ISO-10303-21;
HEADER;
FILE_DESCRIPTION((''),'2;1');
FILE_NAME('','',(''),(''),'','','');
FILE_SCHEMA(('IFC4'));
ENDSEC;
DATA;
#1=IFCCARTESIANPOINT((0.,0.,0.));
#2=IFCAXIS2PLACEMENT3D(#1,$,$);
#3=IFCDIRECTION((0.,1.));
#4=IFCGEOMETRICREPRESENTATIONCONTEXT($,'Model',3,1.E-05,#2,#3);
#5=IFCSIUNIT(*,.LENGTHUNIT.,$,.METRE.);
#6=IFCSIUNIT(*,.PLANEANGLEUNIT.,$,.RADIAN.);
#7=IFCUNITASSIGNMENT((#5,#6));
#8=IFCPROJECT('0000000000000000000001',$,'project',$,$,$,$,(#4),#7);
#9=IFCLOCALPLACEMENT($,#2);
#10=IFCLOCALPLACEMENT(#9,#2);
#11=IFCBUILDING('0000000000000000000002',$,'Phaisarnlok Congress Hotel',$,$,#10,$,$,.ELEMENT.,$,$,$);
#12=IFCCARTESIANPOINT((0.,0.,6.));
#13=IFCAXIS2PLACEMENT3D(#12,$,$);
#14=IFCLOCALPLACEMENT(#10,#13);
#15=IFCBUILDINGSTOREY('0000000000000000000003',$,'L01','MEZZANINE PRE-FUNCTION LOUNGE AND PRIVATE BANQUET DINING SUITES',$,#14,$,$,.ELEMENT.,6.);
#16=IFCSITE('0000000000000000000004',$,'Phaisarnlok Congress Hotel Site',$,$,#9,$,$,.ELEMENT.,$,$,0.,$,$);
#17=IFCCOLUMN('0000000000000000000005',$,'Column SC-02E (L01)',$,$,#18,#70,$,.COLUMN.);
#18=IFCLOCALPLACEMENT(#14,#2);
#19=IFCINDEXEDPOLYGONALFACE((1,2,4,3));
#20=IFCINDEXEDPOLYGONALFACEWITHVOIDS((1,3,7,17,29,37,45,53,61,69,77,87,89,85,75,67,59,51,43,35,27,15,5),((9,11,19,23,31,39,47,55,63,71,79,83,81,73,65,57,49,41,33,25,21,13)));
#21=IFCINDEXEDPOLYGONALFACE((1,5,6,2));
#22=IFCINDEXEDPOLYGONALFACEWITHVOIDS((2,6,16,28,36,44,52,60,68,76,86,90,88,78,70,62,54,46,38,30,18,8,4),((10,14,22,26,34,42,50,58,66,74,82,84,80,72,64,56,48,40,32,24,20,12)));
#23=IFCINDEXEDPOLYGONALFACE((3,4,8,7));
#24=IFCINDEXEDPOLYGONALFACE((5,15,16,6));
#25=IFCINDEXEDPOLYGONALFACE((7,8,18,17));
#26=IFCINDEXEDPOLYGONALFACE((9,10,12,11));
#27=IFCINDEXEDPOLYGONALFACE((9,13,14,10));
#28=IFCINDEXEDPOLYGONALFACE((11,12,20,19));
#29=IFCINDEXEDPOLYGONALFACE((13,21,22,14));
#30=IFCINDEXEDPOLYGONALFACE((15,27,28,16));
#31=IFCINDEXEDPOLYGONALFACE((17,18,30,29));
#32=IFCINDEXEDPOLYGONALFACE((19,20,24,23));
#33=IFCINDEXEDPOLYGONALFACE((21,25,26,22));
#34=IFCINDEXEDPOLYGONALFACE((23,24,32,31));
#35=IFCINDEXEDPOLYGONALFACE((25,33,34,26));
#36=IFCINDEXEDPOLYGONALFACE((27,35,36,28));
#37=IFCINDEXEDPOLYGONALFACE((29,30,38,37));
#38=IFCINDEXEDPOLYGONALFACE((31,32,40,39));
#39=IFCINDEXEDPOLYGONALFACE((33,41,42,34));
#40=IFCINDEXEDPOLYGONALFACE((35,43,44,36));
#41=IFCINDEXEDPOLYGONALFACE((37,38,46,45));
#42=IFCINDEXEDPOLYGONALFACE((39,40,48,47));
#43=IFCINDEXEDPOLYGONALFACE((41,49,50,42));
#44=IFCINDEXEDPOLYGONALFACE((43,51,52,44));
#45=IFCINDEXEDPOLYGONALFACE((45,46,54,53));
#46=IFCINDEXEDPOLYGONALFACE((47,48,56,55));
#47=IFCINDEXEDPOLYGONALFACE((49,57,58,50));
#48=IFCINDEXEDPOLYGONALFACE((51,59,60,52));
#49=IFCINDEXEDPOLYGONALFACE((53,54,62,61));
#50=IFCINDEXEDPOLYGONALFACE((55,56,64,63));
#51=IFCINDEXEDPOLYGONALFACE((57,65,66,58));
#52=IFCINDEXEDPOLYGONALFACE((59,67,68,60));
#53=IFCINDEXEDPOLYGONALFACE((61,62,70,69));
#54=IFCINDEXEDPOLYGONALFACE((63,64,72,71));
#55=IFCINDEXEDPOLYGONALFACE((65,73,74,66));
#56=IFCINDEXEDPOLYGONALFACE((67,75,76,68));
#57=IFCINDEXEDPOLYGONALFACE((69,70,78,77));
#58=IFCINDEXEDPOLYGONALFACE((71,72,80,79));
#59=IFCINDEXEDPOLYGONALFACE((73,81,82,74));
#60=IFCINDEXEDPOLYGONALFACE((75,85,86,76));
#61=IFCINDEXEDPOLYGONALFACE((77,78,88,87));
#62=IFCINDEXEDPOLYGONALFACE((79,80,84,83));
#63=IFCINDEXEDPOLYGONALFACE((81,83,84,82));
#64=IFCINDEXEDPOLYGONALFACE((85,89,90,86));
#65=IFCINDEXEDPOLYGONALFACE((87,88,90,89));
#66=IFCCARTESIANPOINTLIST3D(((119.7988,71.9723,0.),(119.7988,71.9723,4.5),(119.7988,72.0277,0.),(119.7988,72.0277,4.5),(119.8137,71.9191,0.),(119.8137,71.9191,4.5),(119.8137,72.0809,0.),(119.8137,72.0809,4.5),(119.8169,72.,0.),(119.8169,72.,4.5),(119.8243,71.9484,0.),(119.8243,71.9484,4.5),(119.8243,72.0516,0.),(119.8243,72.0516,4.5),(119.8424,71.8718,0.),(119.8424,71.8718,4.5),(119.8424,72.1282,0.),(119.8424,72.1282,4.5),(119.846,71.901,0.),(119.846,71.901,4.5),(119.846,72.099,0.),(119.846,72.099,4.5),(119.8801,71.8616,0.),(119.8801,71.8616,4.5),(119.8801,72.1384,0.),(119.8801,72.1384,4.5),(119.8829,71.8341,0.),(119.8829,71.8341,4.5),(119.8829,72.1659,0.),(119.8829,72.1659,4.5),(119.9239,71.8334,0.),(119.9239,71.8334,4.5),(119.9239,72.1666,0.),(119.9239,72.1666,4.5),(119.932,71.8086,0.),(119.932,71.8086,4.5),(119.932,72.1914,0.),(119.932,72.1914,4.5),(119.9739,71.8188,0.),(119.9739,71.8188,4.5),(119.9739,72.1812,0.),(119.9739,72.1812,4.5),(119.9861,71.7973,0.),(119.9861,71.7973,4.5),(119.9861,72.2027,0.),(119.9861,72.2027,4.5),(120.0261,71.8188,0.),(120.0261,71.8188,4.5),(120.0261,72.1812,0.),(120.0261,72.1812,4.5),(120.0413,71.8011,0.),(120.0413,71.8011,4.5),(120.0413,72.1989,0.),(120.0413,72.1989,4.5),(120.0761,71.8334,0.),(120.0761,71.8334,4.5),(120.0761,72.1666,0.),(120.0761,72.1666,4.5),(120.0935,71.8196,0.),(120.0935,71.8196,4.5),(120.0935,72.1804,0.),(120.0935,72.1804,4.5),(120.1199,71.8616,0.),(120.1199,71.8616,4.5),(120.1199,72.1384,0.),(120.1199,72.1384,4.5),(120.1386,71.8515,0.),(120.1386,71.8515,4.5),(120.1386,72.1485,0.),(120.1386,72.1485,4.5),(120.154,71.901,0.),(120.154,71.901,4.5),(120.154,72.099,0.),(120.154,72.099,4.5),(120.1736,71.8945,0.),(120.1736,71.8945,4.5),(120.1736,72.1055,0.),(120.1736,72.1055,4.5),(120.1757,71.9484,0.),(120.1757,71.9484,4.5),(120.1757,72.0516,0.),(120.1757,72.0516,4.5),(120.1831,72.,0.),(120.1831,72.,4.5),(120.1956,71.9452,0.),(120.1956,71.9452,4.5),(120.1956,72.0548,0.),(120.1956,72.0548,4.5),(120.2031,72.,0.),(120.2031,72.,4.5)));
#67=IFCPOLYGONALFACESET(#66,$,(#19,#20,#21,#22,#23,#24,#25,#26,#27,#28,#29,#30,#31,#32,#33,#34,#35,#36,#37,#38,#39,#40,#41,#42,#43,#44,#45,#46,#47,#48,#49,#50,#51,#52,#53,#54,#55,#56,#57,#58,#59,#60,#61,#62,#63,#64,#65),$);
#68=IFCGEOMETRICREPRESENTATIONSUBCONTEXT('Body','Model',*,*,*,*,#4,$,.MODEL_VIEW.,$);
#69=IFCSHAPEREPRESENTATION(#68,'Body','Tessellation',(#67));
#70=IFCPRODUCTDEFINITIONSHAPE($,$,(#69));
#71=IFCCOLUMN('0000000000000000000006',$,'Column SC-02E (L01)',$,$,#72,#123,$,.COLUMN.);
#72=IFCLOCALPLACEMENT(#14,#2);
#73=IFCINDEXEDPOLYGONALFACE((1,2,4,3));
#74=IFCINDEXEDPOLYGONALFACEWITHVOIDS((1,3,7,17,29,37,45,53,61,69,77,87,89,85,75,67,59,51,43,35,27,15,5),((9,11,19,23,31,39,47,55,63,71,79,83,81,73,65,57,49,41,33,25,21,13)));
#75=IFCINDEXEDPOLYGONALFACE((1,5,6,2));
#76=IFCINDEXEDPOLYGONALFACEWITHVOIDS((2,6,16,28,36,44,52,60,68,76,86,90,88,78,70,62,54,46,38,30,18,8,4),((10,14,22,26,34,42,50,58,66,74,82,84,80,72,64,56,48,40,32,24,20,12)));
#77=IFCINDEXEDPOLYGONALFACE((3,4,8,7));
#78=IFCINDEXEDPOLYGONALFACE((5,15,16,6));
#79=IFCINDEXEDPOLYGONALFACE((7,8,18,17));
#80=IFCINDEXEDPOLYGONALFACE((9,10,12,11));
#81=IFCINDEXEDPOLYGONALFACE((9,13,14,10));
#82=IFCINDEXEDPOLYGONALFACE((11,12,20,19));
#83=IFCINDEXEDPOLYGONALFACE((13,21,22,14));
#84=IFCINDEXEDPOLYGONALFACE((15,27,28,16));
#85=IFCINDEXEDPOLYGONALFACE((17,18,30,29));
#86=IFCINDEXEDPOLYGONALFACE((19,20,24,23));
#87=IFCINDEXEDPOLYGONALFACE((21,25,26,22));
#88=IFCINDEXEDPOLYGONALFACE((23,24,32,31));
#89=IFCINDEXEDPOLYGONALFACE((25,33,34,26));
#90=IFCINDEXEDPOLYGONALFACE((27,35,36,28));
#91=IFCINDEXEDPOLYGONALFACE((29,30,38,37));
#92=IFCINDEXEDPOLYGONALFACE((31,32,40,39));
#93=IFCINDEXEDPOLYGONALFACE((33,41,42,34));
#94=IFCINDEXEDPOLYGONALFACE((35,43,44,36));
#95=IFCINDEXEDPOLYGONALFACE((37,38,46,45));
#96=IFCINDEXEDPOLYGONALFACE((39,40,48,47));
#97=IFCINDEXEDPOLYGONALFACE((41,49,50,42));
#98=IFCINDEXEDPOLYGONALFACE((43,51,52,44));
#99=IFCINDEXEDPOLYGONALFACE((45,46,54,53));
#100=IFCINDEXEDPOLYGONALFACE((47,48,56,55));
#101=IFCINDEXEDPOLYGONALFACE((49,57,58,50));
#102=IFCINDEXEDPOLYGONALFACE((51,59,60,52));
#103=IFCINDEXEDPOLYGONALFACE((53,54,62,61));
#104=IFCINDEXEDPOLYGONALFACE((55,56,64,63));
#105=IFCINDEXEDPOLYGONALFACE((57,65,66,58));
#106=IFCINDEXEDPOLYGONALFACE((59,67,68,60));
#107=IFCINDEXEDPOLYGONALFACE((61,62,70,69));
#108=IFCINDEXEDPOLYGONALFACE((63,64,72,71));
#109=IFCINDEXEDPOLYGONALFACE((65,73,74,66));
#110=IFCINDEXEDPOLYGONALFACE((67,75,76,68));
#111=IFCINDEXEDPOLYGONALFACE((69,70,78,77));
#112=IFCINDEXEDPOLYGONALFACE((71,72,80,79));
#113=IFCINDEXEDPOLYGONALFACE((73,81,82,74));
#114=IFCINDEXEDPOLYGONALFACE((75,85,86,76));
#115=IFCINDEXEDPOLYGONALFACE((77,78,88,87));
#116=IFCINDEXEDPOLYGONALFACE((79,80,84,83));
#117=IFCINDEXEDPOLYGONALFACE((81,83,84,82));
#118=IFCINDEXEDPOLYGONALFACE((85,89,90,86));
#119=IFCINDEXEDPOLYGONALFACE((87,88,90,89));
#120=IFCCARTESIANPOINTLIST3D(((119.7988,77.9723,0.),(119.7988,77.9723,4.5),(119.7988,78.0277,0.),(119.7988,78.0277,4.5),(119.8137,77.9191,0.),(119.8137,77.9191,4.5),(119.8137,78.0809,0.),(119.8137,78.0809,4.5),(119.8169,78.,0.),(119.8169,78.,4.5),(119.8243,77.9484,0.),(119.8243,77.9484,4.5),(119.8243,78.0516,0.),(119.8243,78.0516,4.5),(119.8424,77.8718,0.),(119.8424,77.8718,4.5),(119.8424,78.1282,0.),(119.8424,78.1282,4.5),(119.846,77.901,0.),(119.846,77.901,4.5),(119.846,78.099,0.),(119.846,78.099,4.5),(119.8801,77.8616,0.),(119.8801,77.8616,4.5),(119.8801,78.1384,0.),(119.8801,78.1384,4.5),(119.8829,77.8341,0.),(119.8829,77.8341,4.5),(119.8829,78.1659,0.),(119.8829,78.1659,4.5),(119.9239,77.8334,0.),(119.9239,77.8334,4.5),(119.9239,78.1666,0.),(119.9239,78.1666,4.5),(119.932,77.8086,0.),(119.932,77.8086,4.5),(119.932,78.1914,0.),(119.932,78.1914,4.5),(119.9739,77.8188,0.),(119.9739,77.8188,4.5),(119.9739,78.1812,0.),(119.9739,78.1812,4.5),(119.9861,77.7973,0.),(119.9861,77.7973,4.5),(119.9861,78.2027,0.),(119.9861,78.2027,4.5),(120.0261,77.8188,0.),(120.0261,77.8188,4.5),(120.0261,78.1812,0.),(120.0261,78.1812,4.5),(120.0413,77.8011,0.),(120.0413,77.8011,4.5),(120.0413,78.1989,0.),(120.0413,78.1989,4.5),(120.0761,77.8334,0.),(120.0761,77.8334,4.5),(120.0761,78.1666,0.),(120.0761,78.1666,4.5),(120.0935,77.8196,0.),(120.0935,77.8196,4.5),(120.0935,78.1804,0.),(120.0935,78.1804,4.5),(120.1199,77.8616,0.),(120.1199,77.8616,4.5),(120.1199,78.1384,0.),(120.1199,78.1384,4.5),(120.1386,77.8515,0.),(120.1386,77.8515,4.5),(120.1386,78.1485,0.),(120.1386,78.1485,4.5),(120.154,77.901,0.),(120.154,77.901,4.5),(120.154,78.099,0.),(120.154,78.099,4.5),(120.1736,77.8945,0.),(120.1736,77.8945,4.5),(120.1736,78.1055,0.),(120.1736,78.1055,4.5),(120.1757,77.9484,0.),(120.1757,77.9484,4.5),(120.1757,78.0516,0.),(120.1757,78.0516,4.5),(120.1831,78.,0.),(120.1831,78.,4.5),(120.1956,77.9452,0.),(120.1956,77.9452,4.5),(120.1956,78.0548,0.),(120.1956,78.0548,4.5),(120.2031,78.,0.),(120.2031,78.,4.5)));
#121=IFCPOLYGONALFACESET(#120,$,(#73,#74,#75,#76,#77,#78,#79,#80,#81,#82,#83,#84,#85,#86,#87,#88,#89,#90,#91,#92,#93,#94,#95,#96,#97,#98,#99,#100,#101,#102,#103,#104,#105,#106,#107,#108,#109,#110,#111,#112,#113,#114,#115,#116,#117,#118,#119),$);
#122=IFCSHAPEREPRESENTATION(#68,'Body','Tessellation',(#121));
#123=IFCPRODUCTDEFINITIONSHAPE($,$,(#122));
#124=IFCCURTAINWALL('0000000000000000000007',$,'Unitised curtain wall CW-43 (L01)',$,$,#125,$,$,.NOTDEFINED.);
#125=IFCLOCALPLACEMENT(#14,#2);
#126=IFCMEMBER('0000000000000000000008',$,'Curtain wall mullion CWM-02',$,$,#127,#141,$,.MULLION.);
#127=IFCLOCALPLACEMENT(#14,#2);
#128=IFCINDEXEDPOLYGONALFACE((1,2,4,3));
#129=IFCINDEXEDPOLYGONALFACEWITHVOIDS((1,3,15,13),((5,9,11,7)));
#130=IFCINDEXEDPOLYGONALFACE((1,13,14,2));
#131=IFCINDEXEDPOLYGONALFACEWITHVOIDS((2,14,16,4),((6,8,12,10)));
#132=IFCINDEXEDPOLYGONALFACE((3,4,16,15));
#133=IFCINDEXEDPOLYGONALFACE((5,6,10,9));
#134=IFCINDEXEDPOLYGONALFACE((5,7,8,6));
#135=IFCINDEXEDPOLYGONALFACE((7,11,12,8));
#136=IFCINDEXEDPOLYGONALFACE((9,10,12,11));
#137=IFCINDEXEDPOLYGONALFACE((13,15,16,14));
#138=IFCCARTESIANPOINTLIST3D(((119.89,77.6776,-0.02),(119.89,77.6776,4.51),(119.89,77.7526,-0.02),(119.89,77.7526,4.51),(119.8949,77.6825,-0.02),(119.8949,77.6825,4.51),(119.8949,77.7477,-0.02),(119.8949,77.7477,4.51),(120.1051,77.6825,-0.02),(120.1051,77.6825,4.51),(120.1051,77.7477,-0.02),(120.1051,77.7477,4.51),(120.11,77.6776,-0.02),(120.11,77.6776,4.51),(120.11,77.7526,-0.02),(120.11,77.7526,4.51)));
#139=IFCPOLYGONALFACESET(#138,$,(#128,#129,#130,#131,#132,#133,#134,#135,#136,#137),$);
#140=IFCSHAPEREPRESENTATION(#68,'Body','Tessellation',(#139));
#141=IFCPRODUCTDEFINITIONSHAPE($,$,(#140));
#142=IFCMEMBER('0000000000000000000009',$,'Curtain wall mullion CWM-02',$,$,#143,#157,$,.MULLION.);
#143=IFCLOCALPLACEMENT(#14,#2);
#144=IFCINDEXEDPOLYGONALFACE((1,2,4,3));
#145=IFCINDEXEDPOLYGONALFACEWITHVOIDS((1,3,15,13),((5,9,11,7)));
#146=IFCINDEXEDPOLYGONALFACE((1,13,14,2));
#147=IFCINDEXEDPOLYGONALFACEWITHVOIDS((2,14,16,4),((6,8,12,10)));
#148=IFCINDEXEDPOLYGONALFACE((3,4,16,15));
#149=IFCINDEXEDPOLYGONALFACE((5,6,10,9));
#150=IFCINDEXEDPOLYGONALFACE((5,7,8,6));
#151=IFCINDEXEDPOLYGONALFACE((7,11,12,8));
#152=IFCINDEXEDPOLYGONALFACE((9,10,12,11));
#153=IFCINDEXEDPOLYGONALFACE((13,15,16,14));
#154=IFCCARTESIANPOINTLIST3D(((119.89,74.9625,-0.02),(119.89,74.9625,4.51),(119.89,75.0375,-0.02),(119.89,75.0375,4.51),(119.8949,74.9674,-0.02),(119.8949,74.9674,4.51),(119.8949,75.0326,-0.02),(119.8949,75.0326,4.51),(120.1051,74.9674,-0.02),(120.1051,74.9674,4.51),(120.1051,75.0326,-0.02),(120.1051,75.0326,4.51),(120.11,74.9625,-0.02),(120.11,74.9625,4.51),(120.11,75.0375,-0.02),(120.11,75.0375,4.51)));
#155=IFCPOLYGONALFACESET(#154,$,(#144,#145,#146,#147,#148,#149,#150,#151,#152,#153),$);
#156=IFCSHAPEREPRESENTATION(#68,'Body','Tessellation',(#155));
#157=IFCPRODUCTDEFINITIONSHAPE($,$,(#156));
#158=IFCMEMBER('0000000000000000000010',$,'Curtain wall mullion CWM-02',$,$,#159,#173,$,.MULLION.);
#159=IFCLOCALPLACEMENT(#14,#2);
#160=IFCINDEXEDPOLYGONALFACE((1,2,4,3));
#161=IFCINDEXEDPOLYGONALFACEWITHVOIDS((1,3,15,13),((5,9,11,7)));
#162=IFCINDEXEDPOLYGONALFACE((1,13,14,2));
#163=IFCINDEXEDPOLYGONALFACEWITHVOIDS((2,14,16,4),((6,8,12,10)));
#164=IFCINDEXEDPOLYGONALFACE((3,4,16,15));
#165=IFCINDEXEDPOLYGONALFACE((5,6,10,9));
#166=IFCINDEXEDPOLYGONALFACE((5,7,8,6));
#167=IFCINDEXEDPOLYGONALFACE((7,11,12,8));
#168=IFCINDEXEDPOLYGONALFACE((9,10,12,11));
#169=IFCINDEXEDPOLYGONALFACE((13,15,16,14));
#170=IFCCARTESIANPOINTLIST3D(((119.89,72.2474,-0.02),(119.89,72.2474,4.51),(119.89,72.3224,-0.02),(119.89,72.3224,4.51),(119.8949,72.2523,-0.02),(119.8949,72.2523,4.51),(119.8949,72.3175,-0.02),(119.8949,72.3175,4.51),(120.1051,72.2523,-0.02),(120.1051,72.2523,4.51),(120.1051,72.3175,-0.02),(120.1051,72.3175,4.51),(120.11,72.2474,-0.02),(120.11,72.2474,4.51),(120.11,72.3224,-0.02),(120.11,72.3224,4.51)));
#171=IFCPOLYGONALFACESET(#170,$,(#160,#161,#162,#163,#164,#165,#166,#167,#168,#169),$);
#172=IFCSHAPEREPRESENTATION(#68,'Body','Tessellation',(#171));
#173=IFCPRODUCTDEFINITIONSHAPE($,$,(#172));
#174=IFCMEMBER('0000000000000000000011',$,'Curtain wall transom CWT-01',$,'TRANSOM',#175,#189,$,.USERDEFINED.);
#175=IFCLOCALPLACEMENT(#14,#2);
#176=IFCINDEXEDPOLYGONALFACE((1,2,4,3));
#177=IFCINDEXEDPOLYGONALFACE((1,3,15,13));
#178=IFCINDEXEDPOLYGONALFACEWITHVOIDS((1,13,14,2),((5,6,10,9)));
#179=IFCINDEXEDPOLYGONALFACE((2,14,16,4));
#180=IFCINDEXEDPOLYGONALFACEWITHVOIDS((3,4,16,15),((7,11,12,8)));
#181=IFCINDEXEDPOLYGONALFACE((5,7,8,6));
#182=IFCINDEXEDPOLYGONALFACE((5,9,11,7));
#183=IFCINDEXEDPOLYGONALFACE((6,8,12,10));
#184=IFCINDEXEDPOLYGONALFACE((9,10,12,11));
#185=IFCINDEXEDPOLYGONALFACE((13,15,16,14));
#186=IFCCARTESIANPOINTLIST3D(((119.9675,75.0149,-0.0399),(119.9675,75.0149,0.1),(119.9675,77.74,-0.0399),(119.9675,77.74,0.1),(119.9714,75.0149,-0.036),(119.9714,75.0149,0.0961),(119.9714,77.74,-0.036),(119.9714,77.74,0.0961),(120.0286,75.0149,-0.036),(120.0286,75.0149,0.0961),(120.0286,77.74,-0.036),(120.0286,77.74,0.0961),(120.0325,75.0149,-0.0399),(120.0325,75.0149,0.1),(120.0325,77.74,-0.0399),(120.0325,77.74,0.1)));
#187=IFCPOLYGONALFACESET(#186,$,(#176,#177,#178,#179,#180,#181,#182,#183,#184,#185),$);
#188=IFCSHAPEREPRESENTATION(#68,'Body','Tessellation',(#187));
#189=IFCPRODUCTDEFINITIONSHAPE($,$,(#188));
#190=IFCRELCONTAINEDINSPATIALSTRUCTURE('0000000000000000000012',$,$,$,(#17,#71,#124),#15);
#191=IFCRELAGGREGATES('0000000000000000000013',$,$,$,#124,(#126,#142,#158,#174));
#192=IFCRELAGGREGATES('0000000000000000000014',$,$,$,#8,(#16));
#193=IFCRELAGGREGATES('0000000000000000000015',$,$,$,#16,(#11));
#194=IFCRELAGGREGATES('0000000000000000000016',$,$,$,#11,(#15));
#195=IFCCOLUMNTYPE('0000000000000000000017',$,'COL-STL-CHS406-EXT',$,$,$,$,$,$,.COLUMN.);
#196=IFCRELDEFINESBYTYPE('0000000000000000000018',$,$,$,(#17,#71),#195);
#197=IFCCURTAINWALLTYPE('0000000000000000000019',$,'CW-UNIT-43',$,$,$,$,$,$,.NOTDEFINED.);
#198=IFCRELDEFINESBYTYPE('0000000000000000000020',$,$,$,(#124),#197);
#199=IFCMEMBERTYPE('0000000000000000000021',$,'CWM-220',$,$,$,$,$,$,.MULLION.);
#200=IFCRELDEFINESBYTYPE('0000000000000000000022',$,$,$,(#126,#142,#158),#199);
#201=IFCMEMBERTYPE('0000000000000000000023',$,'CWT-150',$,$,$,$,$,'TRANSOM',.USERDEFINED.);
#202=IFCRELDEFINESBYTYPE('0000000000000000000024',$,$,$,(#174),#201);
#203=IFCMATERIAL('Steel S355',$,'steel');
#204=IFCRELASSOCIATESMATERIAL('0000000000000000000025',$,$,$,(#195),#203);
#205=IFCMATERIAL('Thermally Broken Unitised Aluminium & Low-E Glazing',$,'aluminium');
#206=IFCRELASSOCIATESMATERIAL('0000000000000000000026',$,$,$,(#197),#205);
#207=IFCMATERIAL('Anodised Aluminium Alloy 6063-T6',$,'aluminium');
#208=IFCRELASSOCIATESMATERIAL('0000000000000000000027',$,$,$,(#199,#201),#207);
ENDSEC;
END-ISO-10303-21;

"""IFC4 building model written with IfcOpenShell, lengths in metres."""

from ifc_helpers import new_model, si_unit, direction, frame, origin, origin_2d, place, context, subcontext, project, spatial, hollow_rectangle, hollow_circle, extrude, material, material_profile, profile_set, type_object, element, aggregate, save


model = new_model("IFC4")

# Units and contexts
model_context = context("Model", 3, precision=1e-05, world=origin(), true_north=direction((0.0, 1.0)))
body_context = subcontext(model_context, "Body", "Model", "MODEL_VIEW")
ifc_project = project(units=[si_unit("LENGTHUNIT", "METRE"), si_unit("PLANEANGLEUNIT", "RADIAN")], contexts=[model_context])

# Site, building, storey
site_placement = place(None, origin())
site = spatial("IfcSite", under=ifc_project, at=site_placement, Name="Phaisarnlok Congress Hotel Site", CompositionType="ELEMENT", RefElevation=0.0)
building_placement = place(site_placement, origin())
building = spatial("IfcBuilding", under=site, at=building_placement, Name="Phaisarnlok Congress Hotel", CompositionType="ELEMENT")
storey_placement = place(building_placement, frame((0.0, 0.0, 6.0)))
storey = spatial("IfcBuildingStorey", under=building, at=storey_placement, Name="L01", Description="MEZZANINE PRE-FUNCTION LOUNGE AND PRIVATE BANQUET DINING SUITES", CompositionType="ELEMENT", Elevation=6.0)

# Columns
ifc_material_1 = material(Name="Steel S355", Category="steel")
ifc_material_profile_1 = material_profile(ifc_material_1, hollow_circle(Radius=0.2031, WallThickness=0.02, at=origin_2d()), Name="CHS 406.4x20")
ifc_profile_set_1 = profile_set([ifc_material_profile_1], Name="Steel S355")
column_type = type_object("IfcColumnType", Name="COL-STL-CHS406-EXT", PredefinedType="COLUMN", material=ifc_profile_set_1)
for number, where, z_axis, x_axis, name in (
    (1, (120.0, 72.0, 0.0), (0.0, 0.0, 1.0), (1.0, 0.0, 0.0), "Column SC-02E (L01)"),
    (2, (120.0, 78.0, 0.0), (0.0, 0.0, 1.0), (1.0, 0.0, 0.0), "Column SC-02E (L01)"),
):
    element("IfcColumn", number, at=place(storey_placement, frame(where, z_axis=z_axis, x_axis=x_axis)), inside=storey, type_object=column_type, Name=name, PredefinedType="COLUMN", context=body_context, shape_type="SweptSolid", body=[
        extrude(hollow_circle(Radius=0.2031, WallThickness=0.02, at=origin_2d()), origin(), (0.0, 0.0, 1.0), 4.5),
    ])

# Curtain wall, members
ifc_material_2 = material(Name="Thermally Broken Unitised Aluminium & Low-E Glazing", Category="aluminium")
curtain_wall_type = type_object("IfcCurtainWallType", Name="CW-UNIT-43", PredefinedType="NOTDEFINED", material=ifc_material_2)
curtain_wall_1_placement = place(storey_placement, origin())
curtain_wall_1 = element("IfcCurtainWall", 3, at=curtain_wall_1_placement, inside=storey, type_object=curtain_wall_type, Name="Unitised curtain wall CW-43 (L01)", PredefinedType="NOTDEFINED")
ifc_material_3 = material(Name="Anodised Aluminium Alloy 6063-T6", Category="aluminium")
ifc_material_profile_2 = material_profile(ifc_material_3, hollow_rectangle(XDim=0.075, YDim=0.22, WallThickness=0.0049, at=origin_2d()), Name="ALU-M 75x220x5")
ifc_profile_set_2 = profile_set([ifc_material_profile_2], Name="Anodised Aluminium Alloy 6063-T6")
member_type_1 = type_object("IfcMemberType", Name="CWM-220", PredefinedType="MULLION", material=ifc_profile_set_2)
member_1_placement = place(storey_placement, frame((120.0, 77.7151, -0.02), z_axis=(0.0, 0.0, 1.0), x_axis=(0.0, -1.0, 0.0)))
member_1 = element("IfcMember", 4, at=member_1_placement, type_object=member_type_1, Name="Curtain wall mullion CWM-02", PredefinedType="MULLION", context=body_context, shape_type="SweptSolid", body=[
    extrude(hollow_rectangle(XDim=0.075, YDim=0.22, WallThickness=0.0049, at=origin_2d()), origin(), (0.0, 0.0, 1.0), 4.53),
])
member_2_placement = place(storey_placement, frame((120.0, 75.0, -0.02), z_axis=(0.0, 0.0, 1.0), x_axis=(0.0, -1.0, 0.0)))
member_2 = element("IfcMember", 5, at=member_2_placement, type_object=member_type_1, Name="Curtain wall mullion CWM-02", PredefinedType="MULLION", context=body_context, shape_type="SweptSolid", body=[
    extrude(hollow_rectangle(XDim=0.075, YDim=0.22, WallThickness=0.0049, at=origin_2d()), origin(), (0.0, 0.0, 1.0), 4.53),
])
member_3_placement = place(storey_placement, frame((120.0, 72.2849, -0.02), z_axis=(0.0, 0.0, 1.0), x_axis=(0.0, -1.0, 0.0)))
member_3 = element("IfcMember", 6, at=member_3_placement, type_object=member_type_1, Name="Curtain wall mullion CWM-02", PredefinedType="MULLION", context=body_context, shape_type="SweptSolid", body=[
    extrude(hollow_rectangle(XDim=0.075, YDim=0.22, WallThickness=0.0049, at=origin_2d()), origin(), (0.0, 0.0, 1.0), 4.53),
])
ifc_material_profile_3 = material_profile(ifc_material_3, hollow_rectangle(XDim=0.0649, YDim=0.1399, WallThickness=0.0039, at=origin_2d()), Name="ALU-T 65x140x4")
ifc_profile_set_3 = profile_set([ifc_material_profile_3], Name="Anodised Aluminium Alloy 6063-T6")
member_type_2 = type_object("IfcMemberType", Name="CWT-150", ElementType="TRANSOM", PredefinedType="USERDEFINED", material=ifc_profile_set_3)
member_4_placement = place(storey_placement, frame((120.0, 77.74, 0.03), z_axis=(0.0, -1.0, 0.0), x_axis=(1.0, 0.0, 0.0)))
member_4 = element("IfcMember", 7, at=member_4_placement, type_object=member_type_2, Name="Curtain wall transom CWT-01", ObjectType="TRANSOM", PredefinedType="USERDEFINED", context=body_context, shape_type="SweptSolid", body=[
    extrude(hollow_rectangle(XDim=0.0649, YDim=0.1399, WallThickness=0.0039, at=origin_2d()), origin(), (0.0, 0.0, 1.0), 2.7251),
])

aggregate(curtain_wall_1, [member_1, member_2, member_3, member_4])

save(model, "model.ifc")
